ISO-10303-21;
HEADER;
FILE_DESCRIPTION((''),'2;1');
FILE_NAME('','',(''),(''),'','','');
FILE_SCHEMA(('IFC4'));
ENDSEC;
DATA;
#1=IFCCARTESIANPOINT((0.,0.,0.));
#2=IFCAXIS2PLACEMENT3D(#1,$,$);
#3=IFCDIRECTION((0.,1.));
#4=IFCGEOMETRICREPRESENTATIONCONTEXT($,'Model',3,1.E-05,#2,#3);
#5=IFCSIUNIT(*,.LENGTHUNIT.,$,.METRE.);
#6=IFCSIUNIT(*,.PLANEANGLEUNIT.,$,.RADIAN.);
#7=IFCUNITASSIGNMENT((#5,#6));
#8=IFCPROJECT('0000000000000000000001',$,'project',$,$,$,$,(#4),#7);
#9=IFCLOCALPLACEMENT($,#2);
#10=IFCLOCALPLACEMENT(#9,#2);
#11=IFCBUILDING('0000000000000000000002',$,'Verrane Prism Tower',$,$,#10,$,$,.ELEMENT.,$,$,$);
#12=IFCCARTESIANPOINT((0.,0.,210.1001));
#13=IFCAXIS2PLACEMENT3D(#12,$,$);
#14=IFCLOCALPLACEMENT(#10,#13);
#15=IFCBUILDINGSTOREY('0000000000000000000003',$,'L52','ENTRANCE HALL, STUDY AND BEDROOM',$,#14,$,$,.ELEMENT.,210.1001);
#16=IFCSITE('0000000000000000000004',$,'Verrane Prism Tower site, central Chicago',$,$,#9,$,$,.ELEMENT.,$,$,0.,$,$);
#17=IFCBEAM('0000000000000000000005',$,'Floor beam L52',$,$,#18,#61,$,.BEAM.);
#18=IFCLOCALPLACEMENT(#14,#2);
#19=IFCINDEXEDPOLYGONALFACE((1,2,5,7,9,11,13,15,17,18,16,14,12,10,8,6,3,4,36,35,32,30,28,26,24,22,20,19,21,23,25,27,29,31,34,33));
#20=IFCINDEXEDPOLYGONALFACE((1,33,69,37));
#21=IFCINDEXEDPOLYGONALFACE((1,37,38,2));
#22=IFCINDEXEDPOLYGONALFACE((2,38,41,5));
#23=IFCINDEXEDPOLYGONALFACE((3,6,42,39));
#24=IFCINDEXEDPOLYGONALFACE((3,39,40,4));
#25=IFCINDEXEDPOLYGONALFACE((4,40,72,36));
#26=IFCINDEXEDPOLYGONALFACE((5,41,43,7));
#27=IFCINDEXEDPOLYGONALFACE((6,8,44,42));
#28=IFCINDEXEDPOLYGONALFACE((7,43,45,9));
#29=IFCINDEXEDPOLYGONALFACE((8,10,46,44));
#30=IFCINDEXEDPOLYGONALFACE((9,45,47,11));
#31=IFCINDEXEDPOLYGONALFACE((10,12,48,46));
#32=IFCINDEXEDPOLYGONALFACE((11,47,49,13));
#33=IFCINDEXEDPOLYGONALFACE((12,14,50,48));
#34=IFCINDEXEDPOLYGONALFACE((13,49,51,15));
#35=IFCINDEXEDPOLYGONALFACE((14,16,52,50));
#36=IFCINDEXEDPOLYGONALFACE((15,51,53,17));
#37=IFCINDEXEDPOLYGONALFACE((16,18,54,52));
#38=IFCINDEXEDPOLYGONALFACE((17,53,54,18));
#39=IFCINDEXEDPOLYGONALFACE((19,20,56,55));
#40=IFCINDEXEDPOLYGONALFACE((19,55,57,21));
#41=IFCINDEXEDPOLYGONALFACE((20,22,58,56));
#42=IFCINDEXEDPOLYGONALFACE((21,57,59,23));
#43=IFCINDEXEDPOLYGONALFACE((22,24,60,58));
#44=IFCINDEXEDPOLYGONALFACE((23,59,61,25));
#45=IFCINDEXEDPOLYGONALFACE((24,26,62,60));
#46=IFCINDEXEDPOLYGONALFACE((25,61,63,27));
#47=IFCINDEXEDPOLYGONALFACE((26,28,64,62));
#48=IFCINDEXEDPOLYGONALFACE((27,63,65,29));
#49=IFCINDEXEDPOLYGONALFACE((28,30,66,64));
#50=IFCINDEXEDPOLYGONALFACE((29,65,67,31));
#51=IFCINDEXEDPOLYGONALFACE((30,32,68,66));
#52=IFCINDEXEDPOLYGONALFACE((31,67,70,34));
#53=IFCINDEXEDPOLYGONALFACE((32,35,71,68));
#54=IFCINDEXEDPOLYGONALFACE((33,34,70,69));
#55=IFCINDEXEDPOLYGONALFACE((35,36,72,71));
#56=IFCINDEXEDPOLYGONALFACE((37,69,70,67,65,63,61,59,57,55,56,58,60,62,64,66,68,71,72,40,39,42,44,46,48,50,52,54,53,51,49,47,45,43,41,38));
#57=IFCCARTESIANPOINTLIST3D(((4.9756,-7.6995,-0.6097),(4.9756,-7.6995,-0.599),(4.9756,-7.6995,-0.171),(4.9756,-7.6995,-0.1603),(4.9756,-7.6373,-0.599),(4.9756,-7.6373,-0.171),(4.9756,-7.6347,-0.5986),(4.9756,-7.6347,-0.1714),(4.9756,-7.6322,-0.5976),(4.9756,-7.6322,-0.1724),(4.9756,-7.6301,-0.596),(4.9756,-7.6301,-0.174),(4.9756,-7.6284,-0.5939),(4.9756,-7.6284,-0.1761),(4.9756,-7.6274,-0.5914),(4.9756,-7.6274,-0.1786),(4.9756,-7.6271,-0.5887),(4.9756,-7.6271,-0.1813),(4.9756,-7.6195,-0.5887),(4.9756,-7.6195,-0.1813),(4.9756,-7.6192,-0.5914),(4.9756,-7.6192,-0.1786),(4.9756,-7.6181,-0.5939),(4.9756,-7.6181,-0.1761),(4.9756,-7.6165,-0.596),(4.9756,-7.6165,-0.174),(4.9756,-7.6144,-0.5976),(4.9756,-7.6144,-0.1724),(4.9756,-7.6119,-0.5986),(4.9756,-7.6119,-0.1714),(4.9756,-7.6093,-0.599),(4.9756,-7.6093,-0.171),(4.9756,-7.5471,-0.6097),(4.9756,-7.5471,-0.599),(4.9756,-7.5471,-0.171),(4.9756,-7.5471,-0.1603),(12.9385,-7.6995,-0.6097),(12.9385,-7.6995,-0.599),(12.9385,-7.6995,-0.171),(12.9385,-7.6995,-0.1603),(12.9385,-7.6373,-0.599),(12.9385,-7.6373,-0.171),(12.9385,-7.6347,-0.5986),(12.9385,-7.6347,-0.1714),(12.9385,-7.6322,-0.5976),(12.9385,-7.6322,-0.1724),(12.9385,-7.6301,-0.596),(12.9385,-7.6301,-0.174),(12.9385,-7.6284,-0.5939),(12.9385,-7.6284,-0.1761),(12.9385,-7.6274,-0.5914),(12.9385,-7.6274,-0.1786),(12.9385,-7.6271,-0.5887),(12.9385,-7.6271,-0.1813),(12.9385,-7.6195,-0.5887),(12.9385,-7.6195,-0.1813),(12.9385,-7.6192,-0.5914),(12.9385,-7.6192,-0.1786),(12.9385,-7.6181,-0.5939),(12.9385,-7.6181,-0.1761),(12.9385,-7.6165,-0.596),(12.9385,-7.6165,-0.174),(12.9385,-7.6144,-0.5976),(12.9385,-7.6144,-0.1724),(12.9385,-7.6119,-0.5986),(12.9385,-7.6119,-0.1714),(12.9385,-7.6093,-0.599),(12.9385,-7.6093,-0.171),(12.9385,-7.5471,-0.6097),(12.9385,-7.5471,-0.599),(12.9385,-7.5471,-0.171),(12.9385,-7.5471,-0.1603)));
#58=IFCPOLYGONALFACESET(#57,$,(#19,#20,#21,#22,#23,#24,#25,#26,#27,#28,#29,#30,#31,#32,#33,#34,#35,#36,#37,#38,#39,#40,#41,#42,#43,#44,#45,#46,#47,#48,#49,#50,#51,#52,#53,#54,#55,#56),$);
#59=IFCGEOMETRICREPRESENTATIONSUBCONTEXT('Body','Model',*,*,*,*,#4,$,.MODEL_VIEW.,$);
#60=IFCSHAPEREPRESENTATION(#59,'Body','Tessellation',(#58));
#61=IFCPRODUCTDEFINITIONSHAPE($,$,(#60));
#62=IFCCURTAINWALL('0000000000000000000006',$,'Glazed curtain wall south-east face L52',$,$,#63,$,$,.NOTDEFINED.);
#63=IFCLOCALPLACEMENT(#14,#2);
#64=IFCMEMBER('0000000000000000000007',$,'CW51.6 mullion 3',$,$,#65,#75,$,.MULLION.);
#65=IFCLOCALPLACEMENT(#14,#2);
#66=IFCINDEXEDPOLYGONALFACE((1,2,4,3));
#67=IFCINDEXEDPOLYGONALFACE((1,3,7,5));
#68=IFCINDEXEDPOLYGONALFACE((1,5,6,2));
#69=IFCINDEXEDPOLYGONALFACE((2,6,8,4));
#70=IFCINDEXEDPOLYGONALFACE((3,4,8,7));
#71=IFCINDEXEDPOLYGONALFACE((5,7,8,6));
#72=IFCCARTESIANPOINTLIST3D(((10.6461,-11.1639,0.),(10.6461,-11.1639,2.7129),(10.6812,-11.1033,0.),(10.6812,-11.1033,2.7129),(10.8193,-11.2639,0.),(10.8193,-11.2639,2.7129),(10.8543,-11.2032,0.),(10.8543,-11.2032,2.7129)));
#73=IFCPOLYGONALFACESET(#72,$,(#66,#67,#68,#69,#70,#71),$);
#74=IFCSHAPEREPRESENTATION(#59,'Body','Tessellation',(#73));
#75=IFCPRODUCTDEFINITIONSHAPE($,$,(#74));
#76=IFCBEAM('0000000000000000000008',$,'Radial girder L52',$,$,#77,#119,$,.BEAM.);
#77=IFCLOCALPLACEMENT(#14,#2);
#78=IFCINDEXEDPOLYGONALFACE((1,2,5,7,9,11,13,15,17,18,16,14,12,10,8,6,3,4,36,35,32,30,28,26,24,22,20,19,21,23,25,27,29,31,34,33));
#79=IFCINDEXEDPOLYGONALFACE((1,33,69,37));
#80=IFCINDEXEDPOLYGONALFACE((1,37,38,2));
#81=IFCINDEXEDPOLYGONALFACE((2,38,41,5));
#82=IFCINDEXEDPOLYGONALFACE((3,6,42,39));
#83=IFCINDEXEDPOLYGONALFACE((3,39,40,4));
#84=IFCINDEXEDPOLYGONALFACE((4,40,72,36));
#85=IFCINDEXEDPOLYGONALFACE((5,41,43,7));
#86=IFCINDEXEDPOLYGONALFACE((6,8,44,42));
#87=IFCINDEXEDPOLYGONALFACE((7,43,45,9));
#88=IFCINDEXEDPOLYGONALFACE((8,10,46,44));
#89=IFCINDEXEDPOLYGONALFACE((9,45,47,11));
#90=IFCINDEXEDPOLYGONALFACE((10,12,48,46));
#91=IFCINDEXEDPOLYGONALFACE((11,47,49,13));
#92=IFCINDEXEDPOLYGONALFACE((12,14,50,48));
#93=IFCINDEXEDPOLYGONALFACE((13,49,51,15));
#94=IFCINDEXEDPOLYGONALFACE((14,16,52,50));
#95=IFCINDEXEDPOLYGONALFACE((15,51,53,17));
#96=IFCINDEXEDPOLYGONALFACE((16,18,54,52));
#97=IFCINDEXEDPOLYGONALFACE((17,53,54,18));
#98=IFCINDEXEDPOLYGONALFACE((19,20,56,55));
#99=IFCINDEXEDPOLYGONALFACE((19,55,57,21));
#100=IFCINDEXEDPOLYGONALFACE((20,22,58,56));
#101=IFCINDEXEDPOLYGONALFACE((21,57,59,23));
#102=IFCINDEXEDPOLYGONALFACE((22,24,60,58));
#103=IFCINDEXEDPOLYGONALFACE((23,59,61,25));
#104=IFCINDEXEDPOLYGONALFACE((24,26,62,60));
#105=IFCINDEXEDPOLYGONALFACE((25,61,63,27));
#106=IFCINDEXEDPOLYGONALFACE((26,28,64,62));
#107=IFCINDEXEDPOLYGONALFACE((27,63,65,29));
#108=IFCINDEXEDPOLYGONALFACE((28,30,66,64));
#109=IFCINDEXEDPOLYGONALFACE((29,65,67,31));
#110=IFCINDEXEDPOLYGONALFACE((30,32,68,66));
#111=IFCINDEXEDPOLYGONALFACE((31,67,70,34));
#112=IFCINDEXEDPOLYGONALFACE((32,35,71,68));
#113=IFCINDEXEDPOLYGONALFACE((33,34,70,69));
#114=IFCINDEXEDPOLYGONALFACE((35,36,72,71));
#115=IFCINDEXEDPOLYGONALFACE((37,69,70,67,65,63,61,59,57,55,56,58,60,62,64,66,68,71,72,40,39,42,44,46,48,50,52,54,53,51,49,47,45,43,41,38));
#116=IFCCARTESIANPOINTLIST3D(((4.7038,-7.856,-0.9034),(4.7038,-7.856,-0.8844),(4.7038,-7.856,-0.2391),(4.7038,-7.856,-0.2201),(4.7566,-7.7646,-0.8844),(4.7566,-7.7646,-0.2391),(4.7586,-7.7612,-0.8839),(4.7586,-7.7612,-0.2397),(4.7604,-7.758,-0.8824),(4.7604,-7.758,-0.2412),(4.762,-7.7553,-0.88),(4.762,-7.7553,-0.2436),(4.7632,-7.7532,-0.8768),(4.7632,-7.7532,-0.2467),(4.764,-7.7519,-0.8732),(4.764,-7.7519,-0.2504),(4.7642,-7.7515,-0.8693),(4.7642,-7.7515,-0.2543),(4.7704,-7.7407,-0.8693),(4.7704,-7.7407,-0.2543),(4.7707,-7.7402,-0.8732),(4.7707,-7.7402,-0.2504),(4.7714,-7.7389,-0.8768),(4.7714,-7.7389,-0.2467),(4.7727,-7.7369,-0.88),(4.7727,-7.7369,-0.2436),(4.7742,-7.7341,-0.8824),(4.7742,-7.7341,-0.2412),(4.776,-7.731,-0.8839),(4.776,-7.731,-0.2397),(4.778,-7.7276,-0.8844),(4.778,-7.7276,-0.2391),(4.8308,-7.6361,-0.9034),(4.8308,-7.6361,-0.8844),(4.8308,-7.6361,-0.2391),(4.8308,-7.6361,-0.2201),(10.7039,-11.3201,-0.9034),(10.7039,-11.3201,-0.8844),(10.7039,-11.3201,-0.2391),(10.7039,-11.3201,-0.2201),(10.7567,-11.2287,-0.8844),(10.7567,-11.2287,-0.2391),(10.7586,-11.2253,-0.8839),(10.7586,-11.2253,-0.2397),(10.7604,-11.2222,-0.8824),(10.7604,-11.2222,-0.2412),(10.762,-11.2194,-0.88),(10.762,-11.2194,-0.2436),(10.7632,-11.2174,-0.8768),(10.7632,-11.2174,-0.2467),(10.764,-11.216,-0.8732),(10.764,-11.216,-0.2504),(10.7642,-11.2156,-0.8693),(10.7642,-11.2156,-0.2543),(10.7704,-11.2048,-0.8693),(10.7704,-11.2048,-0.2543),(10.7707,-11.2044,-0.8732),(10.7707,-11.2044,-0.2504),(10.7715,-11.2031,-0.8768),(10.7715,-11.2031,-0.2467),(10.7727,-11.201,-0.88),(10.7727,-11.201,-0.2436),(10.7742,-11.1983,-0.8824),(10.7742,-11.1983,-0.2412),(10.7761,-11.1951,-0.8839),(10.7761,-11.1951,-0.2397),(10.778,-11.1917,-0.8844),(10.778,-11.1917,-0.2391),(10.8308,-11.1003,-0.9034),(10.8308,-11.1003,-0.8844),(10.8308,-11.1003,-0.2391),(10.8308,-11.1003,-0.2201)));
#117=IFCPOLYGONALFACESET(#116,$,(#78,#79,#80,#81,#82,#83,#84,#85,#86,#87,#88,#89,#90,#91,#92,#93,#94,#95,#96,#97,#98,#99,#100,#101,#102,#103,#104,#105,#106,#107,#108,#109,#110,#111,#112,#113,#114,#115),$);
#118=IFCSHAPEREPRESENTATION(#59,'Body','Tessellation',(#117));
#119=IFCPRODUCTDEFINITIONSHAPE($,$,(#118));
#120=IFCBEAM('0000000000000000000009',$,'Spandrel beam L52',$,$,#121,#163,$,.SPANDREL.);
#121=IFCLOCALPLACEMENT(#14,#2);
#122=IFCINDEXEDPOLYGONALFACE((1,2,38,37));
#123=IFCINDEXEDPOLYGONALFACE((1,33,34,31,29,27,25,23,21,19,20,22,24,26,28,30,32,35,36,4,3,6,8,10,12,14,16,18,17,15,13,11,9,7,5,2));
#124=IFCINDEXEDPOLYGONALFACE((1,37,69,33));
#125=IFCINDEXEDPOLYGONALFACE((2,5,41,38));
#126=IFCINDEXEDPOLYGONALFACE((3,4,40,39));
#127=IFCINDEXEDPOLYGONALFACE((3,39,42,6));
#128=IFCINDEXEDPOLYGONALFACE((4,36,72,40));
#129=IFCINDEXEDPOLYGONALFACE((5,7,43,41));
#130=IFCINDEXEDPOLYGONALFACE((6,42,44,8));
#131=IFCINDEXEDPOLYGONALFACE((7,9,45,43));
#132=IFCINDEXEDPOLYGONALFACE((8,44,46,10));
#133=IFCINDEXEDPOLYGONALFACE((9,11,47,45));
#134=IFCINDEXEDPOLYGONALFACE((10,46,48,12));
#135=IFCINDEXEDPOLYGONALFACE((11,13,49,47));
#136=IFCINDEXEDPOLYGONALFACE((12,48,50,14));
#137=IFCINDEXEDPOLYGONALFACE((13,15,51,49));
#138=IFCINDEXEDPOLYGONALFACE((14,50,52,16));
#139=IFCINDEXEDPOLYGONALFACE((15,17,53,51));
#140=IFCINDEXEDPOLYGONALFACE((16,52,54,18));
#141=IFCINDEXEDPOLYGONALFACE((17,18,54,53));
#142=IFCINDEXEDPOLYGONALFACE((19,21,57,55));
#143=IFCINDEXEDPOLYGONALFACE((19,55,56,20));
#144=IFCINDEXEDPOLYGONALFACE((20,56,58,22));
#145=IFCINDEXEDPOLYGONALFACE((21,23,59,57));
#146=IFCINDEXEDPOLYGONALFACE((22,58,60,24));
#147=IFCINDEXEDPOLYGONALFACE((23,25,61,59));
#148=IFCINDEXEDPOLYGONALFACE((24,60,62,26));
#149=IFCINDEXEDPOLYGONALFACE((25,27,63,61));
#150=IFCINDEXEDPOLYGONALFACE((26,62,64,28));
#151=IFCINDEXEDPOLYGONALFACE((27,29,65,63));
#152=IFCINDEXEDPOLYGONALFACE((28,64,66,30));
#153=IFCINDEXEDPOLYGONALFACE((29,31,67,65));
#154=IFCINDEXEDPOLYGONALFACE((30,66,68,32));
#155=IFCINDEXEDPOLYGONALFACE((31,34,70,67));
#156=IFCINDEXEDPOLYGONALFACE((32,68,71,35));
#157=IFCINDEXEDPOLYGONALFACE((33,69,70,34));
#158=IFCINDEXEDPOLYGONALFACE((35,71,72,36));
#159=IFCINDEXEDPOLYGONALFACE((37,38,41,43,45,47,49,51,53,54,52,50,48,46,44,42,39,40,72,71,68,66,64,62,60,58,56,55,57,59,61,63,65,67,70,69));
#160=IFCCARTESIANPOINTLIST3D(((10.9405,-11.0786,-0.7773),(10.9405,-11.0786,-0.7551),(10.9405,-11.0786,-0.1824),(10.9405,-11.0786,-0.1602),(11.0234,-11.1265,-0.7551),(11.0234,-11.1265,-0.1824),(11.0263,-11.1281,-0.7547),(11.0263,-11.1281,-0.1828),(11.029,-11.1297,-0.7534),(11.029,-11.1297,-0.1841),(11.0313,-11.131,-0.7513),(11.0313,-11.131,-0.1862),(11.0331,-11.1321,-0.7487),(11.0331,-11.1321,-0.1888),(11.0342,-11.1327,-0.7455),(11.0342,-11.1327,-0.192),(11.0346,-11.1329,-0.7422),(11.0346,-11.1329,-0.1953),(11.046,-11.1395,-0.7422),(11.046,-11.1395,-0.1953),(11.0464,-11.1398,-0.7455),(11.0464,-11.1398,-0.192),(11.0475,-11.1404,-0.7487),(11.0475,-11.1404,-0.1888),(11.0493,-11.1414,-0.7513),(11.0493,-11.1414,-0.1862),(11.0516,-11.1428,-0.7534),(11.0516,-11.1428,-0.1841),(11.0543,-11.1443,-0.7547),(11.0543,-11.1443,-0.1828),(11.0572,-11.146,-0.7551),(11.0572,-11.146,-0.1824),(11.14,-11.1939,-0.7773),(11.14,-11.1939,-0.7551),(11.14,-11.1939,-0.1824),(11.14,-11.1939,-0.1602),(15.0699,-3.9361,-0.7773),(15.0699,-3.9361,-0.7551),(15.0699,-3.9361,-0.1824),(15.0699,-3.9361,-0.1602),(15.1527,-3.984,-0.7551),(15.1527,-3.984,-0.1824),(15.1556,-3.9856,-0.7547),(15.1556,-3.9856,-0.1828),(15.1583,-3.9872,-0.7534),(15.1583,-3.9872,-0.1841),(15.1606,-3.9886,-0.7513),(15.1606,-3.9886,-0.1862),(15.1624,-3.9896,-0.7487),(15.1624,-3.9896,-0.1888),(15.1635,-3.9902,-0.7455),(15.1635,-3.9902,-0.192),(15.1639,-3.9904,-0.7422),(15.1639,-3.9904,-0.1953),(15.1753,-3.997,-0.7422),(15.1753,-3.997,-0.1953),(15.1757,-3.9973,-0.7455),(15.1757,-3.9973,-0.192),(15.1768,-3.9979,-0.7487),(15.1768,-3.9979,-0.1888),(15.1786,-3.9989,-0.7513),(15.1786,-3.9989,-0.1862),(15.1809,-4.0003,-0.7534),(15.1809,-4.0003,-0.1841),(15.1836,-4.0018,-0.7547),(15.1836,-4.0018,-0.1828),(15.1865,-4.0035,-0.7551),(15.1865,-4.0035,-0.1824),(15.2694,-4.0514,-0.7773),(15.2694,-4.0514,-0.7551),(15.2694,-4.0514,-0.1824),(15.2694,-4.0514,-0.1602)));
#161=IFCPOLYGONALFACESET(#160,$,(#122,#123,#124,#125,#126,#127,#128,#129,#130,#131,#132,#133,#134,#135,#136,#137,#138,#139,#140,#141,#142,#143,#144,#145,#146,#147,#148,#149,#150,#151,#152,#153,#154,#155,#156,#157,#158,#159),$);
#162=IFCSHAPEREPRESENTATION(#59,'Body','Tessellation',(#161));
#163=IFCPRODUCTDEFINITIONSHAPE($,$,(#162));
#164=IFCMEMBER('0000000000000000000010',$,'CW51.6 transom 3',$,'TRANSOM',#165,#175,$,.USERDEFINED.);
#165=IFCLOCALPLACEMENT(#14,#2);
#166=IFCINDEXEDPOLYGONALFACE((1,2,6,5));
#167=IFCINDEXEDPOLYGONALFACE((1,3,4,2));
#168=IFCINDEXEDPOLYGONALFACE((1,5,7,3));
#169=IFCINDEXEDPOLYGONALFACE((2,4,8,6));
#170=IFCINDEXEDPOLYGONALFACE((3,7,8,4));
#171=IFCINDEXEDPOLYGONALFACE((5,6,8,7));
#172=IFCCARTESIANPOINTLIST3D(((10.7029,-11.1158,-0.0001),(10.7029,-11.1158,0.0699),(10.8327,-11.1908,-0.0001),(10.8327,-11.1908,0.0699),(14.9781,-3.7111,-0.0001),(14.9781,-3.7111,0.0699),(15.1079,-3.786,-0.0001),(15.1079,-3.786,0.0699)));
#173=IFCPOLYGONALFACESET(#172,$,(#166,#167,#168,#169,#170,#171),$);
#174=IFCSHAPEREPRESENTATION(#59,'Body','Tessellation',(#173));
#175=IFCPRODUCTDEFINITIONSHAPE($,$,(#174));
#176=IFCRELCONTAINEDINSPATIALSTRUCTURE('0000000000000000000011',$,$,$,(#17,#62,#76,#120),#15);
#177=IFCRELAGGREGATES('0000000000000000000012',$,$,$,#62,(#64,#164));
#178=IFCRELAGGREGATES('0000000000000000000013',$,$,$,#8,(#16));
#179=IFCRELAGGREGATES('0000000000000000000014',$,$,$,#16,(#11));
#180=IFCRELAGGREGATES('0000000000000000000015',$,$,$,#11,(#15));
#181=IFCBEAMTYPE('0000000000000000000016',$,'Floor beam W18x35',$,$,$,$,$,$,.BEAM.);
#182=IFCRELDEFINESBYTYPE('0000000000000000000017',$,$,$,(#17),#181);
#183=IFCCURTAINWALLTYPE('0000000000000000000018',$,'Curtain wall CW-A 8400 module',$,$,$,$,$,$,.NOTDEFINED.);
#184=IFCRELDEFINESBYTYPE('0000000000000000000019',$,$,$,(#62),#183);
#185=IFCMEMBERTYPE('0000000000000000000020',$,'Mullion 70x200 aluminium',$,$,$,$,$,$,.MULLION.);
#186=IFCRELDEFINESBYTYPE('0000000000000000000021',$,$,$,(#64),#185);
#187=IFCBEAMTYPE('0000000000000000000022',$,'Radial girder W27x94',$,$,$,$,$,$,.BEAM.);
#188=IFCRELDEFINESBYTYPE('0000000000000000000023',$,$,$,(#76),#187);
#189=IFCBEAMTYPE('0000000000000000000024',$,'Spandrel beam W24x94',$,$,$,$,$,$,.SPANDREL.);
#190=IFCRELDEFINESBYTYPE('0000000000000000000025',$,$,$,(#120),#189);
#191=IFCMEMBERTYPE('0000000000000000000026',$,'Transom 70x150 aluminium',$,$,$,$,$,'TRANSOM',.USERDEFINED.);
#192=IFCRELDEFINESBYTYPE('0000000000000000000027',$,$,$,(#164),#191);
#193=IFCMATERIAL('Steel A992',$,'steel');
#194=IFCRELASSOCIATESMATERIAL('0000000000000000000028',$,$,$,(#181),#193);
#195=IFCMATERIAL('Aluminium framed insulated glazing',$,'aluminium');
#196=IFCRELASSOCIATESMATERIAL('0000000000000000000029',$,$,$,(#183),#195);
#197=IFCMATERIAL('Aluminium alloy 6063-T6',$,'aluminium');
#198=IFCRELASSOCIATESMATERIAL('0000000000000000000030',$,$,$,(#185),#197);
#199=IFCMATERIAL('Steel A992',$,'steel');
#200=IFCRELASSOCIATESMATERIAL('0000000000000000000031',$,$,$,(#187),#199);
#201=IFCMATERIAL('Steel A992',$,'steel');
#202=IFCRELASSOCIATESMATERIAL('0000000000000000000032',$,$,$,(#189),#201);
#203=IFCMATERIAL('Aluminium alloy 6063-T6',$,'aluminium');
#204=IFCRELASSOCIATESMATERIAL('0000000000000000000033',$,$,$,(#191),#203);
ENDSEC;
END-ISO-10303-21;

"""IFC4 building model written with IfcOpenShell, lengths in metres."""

from ifc_helpers import new_model, si_unit, direction, frame, origin, origin_2d, place, context, subcontext, project, spatial, rectangle, i_section, extrude, material, material_profile, profile_set, type_object, element, aggregate, save


model = new_model("IFC4")

# Units and contexts
model_context = context("Model", 3, precision=1e-05, world=origin(), true_north=direction((0.0, 1.0)))
body_context = subcontext(model_context, "Body", "Model", "MODEL_VIEW")
ifc_project = project(units=[si_unit("LENGTHUNIT", "METRE"), si_unit("PLANEANGLEUNIT", "RADIAN")], contexts=[model_context])

# Site, building, storey
site_placement = place(None, origin())
site = spatial("IfcSite", under=ifc_project, at=site_placement, Name="Verrane Prism Tower site, central Chicago", CompositionType="ELEMENT", RefElevation=0.0)
building_placement = place(site_placement, origin())
building = spatial("IfcBuilding", under=site, at=building_placement, Name="Verrane Prism Tower", CompositionType="ELEMENT")
storey_placement = place(building_placement, frame((0.0, 0.0, 210.1001)))
storey = spatial("IfcBuildingStorey", under=building, at=storey_placement, Name="L52", Description="ENTRANCE HALL, STUDY AND BEDROOM", CompositionType="ELEMENT", Elevation=210.1001)

# Beam
ifc_material_1 = material(Name="Steel A992", Category="steel")
ifc_material_profile_1 = material_profile(ifc_material_1, i_section(OverallWidth=0.1523, OverallDepth=0.4495, WebThickness=0.0076, FlangeThickness=0.0107, FilletRadius=0.0103, at=origin_2d()), Name="W18x35")
ifc_profile_set_1 = profile_set([ifc_material_profile_1], Name="Steel A992")
beam_type_1 = type_object("IfcBeamType", Name="Floor beam W18x35", PredefinedType="BEAM", material=ifc_profile_set_1)
beam_1_placement = place(storey_placement, frame((4.9756, -7.6233, -0.385), z_axis=(1.0, 0.0, 0.0), x_axis=(0.0, 1.0, 0.0)))
element("IfcBeam", 1, at=beam_1_placement, inside=storey, type_object=beam_type_1, Name="Floor beam L52", PredefinedType="BEAM", context=body_context, shape_type="SweptSolid", body=[
    extrude(i_section(OverallWidth=0.1523, OverallDepth=0.4495, WebThickness=0.0076, FlangeThickness=0.0107, FilletRadius=0.0103, at=origin_2d()), origin(), (0.0, 0.0, 1.0), 7.9629),
])

# Curtain wall, member
ifc_material_2 = material(Name="Aluminium framed insulated glazing", Category="aluminium")
curtain_wall_type = type_object("IfcCurtainWallType", Name="Curtain wall CW-A 8400 module", PredefinedType="NOTDEFINED", material=ifc_material_2)
curtain_wall_placement = place(storey_placement, origin())
curtain_wall = element("IfcCurtainWall", 2, at=curtain_wall_placement, inside=storey, type_object=curtain_wall_type, Name="Glazed curtain wall south-east face L52", PredefinedType="NOTDEFINED")
ifc_material_3 = material(Name="Aluminium alloy 6063-T6", Category="aluminium")
ifc_material_profile_2 = material_profile(ifc_material_3, rectangle(XDim=0.2, YDim=0.0701, at=origin_2d()), Name="Mullion 70x200 aluminium")
ifc_profile_set_2 = profile_set([ifc_material_profile_2], Name="Aluminium alloy 6063-T6")
member_type_1 = type_object("IfcMemberType", Name="Mullion 70x200 aluminium", PredefinedType="MULLION", material=ifc_profile_set_2)
member_1_placement = place(storey_placement, frame((10.7502, -11.1836, 0.0), z_axis=(0.0, 0.0, 1.0), x_axis=(-0.866026, 0.499999, 0.0)))
member_1 = element("IfcMember", 3, at=member_1_placement, type_object=member_type_1, Name="CW51.6 mullion 3", PredefinedType="MULLION", context=body_context, shape_type="SweptSolid", body=[
    extrude(rectangle(XDim=0.2, YDim=0.0701, at=origin_2d()), origin(), (0.0, 0.0, 1.0), 2.7129),
])

# Beams
ifc_material_4 = material(Name="Steel A992", Category="steel")
ifc_material_profile_3 = material_profile(ifc_material_4, i_section(OverallWidth=0.2539, OverallDepth=0.6833, WebThickness=0.0125, FlangeThickness=0.019, FilletRadius=0.0151, at=origin_2d()), Name="W27x94")
ifc_profile_set_3 = profile_set([ifc_material_profile_3], Name="Steel A992")
beam_type_2 = type_object("IfcBeamType", Name="Radial girder W27x94", PredefinedType="BEAM", material=ifc_profile_set_3)
beam_2_placement = place(storey_placement, frame((10.7673, -11.2102, -0.5618), z_axis=(-0.866025, 0.500001, 0.0), x_axis=(-0.500001, -0.866025, 0.0)))
element("IfcBeam", 4, at=beam_2_placement, inside=storey, type_object=beam_type_2, Name="Radial girder L52", PredefinedType="BEAM", context=body_context, shape_type="SweptSolid", body=[
    extrude(i_section(OverallWidth=0.2539, OverallDepth=0.6833, WebThickness=0.0125, FlangeThickness=0.019, FilletRadius=0.0151, at=origin_2d()), origin(), (0.0, 0.0, 1.0), 6.9282),
])
ifc_material_5 = material(Name="Steel A992", Category="steel")
ifc_material_profile_4 = material_profile(ifc_material_5, i_section(OverallWidth=0.2305, OverallDepth=0.6172, WebThickness=0.0132, FlangeThickness=0.0222, FilletRadius=0.0129, at=origin_2d()), Name="W24x94")
ifc_profile_set_4 = profile_set([ifc_material_profile_4], Name="Steel A992")
beam_type_3 = type_object("IfcBeamType", Name="Spandrel beam W24x94", PredefinedType="SPANDREL", material=ifc_profile_set_4)
beam_3_placement = place(storey_placement, frame((11.0403, -11.1362, -0.4688), z_axis=(0.500511, 0.86573, 0.0), x_axis=(-0.86573, 0.500511, 0.0)))
element("IfcBeam", 5, at=beam_3_placement, inside=storey, type_object=beam_type_3, Name="Spandrel beam L52", PredefinedType="SPANDREL", context=body_context, shape_type="SweptSolid", body=[
    extrude(i_section(OverallWidth=0.2305, OverallDepth=0.6172, WebThickness=0.0132, FlangeThickness=0.0222, FilletRadius=0.0129, at=origin_2d()), origin(), (0.0, 0.0, 1.0), 8.2502),
])

# Member
ifc_material_6 = material(Name="Aluminium alloy 6063-T6", Category="aluminium")
ifc_material_profile_5 = material_profile(ifc_material_6, rectangle(XDim=0.1499, YDim=0.0701, at=origin_2d()), Name="Transom 70x150 aluminium")
ifc_profile_set_5 = profile_set([ifc_material_profile_5], Name="Aluminium alloy 6063-T6")
member_type_2 = type_object("IfcMemberType", Name="Transom 70x150 aluminium", ElementType="TRANSOM", PredefinedType="USERDEFINED", material=ifc_profile_set_5)
member_2_placement = place(storey_placement, frame((10.7678, -11.1533, 0.0349), z_axis=(0.499999, 0.866026, 0.0), x_axis=(-0.866026, 0.499999, 0.0)))
member_2 = element("IfcMember", 6, at=member_2_placement, type_object=member_type_2, Name="CW51.6 transom 3", ObjectType="TRANSOM", PredefinedType="USERDEFINED", context=body_context, shape_type="SweptSolid", body=[
    extrude(rectangle(XDim=0.1499, YDim=0.0701, at=origin_2d()), origin(), (0.0, 0.0, 1.0), 8.5503),
])

aggregate(curtain_wall, [member_1, member_2])

save(model, "model.ifc")
